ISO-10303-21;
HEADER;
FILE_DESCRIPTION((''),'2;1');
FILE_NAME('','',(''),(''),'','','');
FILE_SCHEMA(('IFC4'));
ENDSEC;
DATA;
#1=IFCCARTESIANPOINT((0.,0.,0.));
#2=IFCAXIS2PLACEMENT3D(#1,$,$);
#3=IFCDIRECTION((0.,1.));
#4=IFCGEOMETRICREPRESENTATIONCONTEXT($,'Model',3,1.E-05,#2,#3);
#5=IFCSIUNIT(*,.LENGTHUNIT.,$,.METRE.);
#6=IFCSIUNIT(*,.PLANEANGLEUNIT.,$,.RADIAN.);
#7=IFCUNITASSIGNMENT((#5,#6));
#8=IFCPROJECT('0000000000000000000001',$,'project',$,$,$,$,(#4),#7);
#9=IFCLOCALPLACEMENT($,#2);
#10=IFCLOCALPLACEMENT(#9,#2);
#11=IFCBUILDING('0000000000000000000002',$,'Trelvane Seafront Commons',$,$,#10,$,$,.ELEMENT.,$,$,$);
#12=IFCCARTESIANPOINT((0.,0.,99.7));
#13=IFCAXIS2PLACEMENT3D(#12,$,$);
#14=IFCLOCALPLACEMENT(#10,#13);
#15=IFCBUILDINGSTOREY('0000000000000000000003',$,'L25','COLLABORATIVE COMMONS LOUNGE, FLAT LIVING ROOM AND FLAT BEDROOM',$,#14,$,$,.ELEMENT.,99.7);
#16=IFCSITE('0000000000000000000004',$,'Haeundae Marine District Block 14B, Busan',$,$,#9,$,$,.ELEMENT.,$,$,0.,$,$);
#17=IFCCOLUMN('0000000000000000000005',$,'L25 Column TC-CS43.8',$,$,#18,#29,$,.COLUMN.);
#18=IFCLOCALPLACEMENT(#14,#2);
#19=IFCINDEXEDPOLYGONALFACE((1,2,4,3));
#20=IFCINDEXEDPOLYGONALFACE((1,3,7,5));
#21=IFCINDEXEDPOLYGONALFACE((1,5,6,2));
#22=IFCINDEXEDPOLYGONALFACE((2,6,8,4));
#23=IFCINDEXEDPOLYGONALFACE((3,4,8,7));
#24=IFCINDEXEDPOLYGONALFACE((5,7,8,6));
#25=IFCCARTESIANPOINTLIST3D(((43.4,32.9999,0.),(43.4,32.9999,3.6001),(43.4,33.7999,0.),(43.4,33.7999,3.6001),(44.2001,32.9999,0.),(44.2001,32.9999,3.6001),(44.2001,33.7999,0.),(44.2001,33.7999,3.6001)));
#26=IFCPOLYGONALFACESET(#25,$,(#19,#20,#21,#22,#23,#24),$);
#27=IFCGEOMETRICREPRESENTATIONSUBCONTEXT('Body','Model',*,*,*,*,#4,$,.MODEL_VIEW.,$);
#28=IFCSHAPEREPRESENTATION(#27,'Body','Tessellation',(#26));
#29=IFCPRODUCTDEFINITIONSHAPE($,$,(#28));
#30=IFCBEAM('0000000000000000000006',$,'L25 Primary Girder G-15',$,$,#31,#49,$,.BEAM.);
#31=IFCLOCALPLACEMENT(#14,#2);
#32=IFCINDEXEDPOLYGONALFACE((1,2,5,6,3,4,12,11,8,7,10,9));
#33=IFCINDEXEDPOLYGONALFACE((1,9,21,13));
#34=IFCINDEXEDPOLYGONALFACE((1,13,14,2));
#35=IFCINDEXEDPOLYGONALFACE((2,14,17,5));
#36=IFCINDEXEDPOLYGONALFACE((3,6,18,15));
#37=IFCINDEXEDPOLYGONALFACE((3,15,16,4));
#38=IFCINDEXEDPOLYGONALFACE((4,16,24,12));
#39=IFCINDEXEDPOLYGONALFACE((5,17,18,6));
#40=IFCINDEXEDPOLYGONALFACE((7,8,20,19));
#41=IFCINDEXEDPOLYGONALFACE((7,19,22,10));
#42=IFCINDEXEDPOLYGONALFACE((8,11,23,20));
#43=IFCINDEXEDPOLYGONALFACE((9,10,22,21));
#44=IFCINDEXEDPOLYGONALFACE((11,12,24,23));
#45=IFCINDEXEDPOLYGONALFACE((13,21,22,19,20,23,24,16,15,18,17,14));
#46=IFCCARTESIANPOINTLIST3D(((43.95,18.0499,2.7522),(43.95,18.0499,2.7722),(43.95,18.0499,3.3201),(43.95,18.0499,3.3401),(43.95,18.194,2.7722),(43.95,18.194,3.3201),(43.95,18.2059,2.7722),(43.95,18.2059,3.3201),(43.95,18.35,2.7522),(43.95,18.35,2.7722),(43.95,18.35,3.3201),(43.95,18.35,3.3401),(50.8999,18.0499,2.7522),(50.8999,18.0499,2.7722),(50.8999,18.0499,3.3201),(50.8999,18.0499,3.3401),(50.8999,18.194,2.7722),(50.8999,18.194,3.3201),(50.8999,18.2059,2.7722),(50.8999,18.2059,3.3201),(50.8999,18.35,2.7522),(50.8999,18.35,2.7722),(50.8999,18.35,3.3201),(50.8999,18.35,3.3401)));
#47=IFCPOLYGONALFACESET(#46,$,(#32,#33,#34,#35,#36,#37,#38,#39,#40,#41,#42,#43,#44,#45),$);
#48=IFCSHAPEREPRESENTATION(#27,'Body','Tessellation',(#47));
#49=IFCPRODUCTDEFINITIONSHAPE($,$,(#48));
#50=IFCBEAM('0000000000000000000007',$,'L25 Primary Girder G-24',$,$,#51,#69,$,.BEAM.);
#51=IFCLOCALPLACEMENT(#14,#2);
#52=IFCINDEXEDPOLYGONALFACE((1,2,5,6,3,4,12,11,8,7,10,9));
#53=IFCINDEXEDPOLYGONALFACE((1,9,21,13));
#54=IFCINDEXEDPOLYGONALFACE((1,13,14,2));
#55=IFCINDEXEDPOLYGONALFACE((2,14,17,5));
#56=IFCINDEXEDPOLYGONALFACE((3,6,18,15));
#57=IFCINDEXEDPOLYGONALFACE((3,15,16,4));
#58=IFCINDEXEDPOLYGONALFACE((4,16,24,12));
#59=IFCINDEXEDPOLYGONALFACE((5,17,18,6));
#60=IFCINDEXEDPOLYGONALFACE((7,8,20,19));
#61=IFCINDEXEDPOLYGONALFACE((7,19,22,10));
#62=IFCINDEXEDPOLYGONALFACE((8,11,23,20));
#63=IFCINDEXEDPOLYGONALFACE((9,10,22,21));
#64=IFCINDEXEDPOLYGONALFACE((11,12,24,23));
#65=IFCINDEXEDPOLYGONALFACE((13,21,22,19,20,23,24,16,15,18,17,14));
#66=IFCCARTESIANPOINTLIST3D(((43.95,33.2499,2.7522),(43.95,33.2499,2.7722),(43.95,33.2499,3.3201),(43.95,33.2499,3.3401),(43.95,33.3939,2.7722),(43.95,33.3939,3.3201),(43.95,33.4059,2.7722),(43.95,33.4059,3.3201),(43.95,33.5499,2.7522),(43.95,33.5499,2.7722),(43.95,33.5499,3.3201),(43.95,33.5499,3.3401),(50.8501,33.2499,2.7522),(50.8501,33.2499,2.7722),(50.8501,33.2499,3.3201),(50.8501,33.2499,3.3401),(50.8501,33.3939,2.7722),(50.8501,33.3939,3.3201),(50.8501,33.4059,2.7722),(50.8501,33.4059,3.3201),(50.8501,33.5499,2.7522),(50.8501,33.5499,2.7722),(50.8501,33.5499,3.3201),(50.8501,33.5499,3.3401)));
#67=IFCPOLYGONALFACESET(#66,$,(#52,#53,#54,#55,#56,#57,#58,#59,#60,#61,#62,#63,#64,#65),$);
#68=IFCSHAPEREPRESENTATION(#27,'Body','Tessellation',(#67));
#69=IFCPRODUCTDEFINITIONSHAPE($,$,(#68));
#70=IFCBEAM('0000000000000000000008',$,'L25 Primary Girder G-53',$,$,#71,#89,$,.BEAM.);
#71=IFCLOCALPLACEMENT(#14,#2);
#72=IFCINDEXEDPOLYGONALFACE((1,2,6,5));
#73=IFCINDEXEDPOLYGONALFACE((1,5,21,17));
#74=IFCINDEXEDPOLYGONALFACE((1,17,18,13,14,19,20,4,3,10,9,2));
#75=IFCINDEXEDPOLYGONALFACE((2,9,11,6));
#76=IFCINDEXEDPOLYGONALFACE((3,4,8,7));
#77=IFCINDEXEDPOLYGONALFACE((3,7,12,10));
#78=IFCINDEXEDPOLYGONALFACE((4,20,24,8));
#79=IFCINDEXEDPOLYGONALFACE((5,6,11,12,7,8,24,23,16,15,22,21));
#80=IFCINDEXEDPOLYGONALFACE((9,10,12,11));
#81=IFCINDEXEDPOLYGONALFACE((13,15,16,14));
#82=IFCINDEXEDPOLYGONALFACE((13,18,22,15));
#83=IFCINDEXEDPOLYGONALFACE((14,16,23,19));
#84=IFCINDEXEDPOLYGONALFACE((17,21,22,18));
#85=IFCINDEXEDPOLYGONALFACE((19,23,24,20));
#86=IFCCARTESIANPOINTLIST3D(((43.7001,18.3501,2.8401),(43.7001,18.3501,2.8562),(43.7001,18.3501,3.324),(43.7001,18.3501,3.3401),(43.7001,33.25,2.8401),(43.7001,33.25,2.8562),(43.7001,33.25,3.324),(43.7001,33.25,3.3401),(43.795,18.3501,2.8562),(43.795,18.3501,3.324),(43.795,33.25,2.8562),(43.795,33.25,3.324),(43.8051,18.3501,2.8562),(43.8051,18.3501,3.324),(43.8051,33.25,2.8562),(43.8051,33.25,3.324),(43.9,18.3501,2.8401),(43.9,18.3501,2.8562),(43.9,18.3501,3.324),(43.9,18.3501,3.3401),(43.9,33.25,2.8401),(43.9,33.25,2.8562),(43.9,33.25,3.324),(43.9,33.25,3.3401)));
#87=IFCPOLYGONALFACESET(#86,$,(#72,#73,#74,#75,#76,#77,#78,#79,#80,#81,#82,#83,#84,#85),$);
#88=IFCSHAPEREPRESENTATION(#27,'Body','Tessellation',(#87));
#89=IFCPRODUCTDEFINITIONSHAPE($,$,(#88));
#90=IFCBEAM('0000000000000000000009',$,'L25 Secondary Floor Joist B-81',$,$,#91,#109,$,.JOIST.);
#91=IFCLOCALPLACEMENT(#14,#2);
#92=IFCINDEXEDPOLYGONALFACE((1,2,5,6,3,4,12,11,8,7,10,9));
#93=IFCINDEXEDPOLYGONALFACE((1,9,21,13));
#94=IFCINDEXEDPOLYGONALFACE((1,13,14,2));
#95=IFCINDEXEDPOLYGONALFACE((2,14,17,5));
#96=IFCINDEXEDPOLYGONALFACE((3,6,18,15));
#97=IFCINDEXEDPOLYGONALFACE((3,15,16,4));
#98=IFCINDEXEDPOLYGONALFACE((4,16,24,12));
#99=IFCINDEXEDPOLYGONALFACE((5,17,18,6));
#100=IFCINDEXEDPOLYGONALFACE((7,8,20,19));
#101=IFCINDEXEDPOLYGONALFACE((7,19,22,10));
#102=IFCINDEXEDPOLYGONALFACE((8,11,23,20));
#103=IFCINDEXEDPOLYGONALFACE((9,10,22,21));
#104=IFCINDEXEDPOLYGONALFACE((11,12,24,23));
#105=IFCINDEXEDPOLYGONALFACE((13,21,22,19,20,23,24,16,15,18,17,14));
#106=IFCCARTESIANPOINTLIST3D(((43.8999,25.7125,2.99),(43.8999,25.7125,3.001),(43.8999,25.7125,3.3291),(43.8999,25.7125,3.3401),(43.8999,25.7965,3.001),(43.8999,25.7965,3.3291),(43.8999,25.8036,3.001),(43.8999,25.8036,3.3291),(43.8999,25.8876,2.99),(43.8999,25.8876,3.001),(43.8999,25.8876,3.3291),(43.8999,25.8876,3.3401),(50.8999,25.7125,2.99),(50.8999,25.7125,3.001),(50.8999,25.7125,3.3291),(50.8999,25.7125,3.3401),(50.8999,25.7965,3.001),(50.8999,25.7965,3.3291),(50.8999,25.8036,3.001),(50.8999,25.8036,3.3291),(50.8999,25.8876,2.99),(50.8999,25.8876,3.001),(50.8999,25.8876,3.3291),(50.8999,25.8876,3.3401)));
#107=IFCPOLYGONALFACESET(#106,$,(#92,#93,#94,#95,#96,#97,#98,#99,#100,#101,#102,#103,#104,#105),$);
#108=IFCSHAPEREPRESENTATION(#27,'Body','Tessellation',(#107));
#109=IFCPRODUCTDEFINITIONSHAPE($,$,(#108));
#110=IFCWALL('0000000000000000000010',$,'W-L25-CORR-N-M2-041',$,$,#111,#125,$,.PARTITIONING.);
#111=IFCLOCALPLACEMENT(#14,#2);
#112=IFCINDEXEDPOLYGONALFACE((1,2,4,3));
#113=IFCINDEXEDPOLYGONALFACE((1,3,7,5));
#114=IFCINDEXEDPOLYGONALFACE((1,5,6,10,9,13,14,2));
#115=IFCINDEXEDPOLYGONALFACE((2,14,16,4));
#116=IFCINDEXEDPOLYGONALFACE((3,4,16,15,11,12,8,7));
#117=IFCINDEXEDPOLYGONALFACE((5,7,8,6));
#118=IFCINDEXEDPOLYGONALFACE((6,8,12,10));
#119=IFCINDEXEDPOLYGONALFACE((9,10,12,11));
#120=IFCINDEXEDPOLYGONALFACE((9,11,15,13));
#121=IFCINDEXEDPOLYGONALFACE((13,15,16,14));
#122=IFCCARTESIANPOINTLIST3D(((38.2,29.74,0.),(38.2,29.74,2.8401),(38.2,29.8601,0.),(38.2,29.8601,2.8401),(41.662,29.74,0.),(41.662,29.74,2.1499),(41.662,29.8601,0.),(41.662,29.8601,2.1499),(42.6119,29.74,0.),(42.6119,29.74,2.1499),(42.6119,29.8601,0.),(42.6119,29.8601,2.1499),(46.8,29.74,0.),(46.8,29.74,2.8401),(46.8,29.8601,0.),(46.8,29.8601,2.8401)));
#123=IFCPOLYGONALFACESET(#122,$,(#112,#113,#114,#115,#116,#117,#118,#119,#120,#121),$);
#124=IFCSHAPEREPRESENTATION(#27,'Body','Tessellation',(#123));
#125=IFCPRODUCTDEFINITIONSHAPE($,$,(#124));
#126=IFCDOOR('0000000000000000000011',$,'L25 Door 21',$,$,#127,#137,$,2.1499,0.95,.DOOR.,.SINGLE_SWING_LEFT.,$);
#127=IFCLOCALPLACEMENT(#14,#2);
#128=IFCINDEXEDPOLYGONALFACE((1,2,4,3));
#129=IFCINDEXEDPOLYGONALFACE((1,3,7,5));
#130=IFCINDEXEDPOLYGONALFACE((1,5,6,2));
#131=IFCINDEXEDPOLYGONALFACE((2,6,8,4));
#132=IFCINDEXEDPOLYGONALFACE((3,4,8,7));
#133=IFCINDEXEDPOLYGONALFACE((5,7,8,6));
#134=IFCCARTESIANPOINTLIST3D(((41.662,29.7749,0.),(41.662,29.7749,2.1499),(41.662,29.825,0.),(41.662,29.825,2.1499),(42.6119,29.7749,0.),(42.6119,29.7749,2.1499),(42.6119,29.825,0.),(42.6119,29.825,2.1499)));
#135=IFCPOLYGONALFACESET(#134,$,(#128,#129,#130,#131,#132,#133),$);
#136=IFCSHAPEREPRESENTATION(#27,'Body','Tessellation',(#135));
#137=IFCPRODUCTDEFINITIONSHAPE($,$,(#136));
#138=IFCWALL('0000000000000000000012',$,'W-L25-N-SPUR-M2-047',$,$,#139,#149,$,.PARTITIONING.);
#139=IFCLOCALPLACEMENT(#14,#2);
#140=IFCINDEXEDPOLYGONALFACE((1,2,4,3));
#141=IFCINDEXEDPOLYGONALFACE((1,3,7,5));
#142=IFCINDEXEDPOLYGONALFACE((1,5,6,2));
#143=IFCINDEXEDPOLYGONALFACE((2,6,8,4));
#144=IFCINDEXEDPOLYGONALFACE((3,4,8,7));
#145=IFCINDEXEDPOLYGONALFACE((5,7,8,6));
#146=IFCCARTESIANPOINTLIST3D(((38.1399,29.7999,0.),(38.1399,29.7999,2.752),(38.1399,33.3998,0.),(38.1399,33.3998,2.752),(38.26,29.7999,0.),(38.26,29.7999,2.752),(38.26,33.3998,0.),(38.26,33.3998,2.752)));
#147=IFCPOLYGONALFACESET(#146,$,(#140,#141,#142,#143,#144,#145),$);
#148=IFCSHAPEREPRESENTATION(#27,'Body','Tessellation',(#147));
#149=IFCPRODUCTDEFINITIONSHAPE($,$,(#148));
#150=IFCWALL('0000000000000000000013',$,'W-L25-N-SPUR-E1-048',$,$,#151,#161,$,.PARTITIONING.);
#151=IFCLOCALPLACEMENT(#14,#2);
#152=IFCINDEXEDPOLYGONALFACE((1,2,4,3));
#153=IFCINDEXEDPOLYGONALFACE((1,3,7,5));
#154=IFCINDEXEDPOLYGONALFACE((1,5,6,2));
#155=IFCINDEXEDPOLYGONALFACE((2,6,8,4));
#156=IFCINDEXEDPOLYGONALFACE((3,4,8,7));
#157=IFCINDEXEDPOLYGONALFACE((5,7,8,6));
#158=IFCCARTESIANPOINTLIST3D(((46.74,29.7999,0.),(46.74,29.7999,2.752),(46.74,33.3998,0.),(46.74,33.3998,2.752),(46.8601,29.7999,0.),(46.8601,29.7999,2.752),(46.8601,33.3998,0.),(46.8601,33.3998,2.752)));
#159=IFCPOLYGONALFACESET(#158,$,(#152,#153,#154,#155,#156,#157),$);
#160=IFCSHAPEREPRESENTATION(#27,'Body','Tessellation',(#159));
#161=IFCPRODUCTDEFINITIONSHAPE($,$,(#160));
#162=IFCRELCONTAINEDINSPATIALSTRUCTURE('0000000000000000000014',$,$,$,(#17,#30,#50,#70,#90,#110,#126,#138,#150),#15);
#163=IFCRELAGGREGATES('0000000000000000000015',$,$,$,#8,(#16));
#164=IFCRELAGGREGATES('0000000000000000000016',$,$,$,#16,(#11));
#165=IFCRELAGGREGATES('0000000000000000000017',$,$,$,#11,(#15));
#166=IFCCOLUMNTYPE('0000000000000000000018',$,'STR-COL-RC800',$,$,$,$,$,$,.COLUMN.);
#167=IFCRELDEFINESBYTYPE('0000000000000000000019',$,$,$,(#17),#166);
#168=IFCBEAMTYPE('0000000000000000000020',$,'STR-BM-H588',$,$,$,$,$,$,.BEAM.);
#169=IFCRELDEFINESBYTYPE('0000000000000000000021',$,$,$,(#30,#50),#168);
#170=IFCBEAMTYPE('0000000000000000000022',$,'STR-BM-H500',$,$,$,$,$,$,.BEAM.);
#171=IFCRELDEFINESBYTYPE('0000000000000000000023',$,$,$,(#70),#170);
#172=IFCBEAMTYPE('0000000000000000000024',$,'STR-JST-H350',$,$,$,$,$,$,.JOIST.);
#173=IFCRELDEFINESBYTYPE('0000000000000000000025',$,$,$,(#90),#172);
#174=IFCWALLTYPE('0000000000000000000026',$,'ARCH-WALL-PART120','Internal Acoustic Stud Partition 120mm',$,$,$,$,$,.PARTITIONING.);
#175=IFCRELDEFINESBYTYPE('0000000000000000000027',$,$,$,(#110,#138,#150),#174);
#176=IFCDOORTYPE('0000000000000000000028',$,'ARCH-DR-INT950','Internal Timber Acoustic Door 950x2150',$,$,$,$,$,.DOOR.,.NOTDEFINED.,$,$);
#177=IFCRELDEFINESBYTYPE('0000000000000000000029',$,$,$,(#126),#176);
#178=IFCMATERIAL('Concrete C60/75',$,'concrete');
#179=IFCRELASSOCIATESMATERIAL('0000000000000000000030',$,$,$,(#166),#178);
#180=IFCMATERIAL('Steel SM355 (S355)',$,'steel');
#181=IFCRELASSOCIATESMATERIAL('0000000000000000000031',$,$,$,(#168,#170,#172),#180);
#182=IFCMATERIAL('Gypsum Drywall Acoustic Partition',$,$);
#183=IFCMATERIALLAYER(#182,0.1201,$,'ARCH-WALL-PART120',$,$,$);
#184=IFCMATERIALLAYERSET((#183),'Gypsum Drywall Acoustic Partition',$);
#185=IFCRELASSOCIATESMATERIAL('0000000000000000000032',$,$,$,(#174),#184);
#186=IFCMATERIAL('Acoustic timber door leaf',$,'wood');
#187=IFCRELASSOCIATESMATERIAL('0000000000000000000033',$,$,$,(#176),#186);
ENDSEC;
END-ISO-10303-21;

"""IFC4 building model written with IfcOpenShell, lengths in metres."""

from ifc_helpers import new_model, si_unit, direction, frame, frame_2d, origin, origin_2d, place, context, subcontext, project, spatial, rectangle, i_section, extrude, source, transform, mapped, material, layer, layer_set, material_profile, profile_set, type_object, element, fill, save


model = new_model("IFC4")

# Units and contexts
model_context = context("Model", 3, precision=1e-05, world=origin(), true_north=direction((0.0, 1.0)))
body_context = subcontext(model_context, "Body", "Model", "MODEL_VIEW")
ifc_project = project(units=[si_unit("LENGTHUNIT", "METRE"), si_unit("PLANEANGLEUNIT", "RADIAN")], contexts=[model_context])

# Site, building, storey
site_placement = place(None, origin())
site = spatial("IfcSite", under=ifc_project, at=site_placement, Name="Haeundae Marine District Block 14B, Busan", CompositionType="ELEMENT", RefElevation=0.0)
building_placement = place(site_placement, origin())
building = spatial("IfcBuilding", under=site, at=building_placement, Name="Trelvane Seafront Commons", CompositionType="ELEMENT")
storey_placement = place(building_placement, frame((0.0, 0.0, 99.7)))
storey = spatial("IfcBuildingStorey", under=building, at=storey_placement, Name="L25", Description="COLLABORATIVE COMMONS LOUNGE, FLAT LIVING ROOM AND FLAT BEDROOM", CompositionType="ELEMENT", Elevation=99.7)

# Column
ifc_material_1 = material(Name="Concrete C60/75", Category="concrete")
ifc_material_profile_1 = material_profile(ifc_material_1, rectangle(XDim=0.8, YDim=0.8, at=origin_2d()), Name="RC-800x800")
ifc_profile_set_1 = profile_set([ifc_material_profile_1], Name="Concrete C60/75")
column_type = type_object("IfcColumnType", Name="STR-COL-RC800", PredefinedType="COLUMN", material=ifc_profile_set_1)
shared_shape_1 = source(origin(), body_context, "Body", "SweptSolid", [
    extrude(rectangle(XDim=0.8, YDim=0.8, at=origin_2d()), origin(), (0.0, 0.0, 1.0), 3.6001),
])
column_placement = place(storey_placement, frame((43.8, 33.3999, 0.0), z_axis=(0.0, 0.0, 1.0), x_axis=(1.0, 0.0, 0.0)))
element("IfcColumn", 1, at=column_placement, inside=storey, type_object=column_type, Name="L25 Column TC-CS43.8", PredefinedType="COLUMN", context=body_context, shape_type="MappedRepresentation", body=[
    mapped(shared_shape_1, transform((0.0, 0.0, 0.0), x_axis=(1.0, 0.0, 0.0), y_axis=(0.0, 1.0, 0.0), z_axis=(0.0, 0.0, 1.0), scale=1.0)),
])

# Beams
ifc_material_2 = material(Name="Steel SM355 (S355)", Category="steel")
ifc_material_profile_2 = material_profile(ifc_material_2, i_section(OverallWidth=0.3, OverallDepth=0.5879, WebThickness=0.012, FlangeThickness=0.02, at=origin_2d()), Name="H-588x300x12x20")
ifc_profile_set_2 = profile_set([ifc_material_profile_2], Name="Steel SM355 (S355)")
beam_type_1 = type_object("IfcBeamType", Name="STR-BM-H588", PredefinedType="BEAM", material=ifc_profile_set_2)
shared_shape_2 = source(origin(), body_context, "Body", "SweptSolid", [
    extrude(i_section(OverallWidth=0.3, OverallDepth=0.5879, WebThickness=0.012, FlangeThickness=0.02, at=origin_2d()), origin(), (0.0, 0.0, 1.0), 6.95),
])
beam_1_placement = place(storey_placement, frame((43.95, 18.2, 3.0461), z_axis=(1.0, 0.0, 0.0), x_axis=(0.0, 1.0, 0.0)))
element("IfcBeam", 2, at=beam_1_placement, inside=storey, type_object=beam_type_1, Name="L25 Primary Girder G-15", PredefinedType="BEAM", context=body_context, shape_type="MappedRepresentation", body=[
    mapped(shared_shape_2, transform((0.0, 0.0, 0.0), x_axis=(1.0, 0.0, 0.0), y_axis=(0.0, 1.0, 0.0), z_axis=(0.0, 0.0, 1.0), scale=1.0)),
])
shared_shape_3 = source(origin(), body_context, "Body", "SweptSolid", [
    extrude(i_section(OverallWidth=0.3, OverallDepth=0.5879, WebThickness=0.012, FlangeThickness=0.02, at=origin_2d()), origin(), (0.0, 0.0, 1.0), 6.9001),
])
beam_2_placement = place(storey_placement, frame((43.95, 33.3999, 3.0461), z_axis=(1.0, 0.0, 0.0), x_axis=(0.0, 1.0, 0.0)))
element("IfcBeam", 3, at=beam_2_placement, inside=storey, type_object=beam_type_1, Name="L25 Primary Girder G-24", PredefinedType="BEAM", context=body_context, shape_type="MappedRepresentation", body=[
    mapped(shared_shape_3, transform((0.0, 0.0, 0.0), x_axis=(1.0, 0.0, 0.0), y_axis=(0.0, 1.0, 0.0), z_axis=(0.0, 0.0, 1.0), scale=1.0)),
])
ifc_material_profile_3 = material_profile(ifc_material_2, i_section(OverallWidth=0.2, OverallDepth=0.5, WebThickness=0.01, FlangeThickness=0.0161, at=origin_2d()), Name="H-500x200x10x16")
ifc_profile_set_3 = profile_set([ifc_material_profile_3], Name="Steel SM355 (S355)")
beam_type_2 = type_object("IfcBeamType", Name="STR-BM-H500", PredefinedType="BEAM", material=ifc_profile_set_3)
shared_shape_4 = source(origin(), body_context, "Body", "SweptSolid", [
    extrude(i_section(OverallWidth=0.2, OverallDepth=0.5, WebThickness=0.01, FlangeThickness=0.0161, at=origin_2d()), origin(), (0.0, 0.0, 1.0), 14.8999),
])
beam_3_placement = place(storey_placement, frame((43.8, 18.3501, 3.0901), z_axis=(0.0, 1.0, 0.0), x_axis=(-1.0, 0.0, 0.0)))
element("IfcBeam", 4, at=beam_3_placement, inside=storey, type_object=beam_type_2, Name="L25 Primary Girder G-53", PredefinedType="BEAM", context=body_context, shape_type="MappedRepresentation", body=[
    mapped(shared_shape_4, transform((0.0, 0.0, 0.0), x_axis=(1.0, 0.0, 0.0), y_axis=(0.0, 1.0, 0.0), z_axis=(0.0, 0.0, 1.0), scale=1.0)),
])
ifc_material_profile_4 = material_profile(ifc_material_2, i_section(OverallWidth=0.175, OverallDepth=0.3501, WebThickness=0.0071, FlangeThickness=0.011, at=origin_2d()), Name="H-350x175x7x11")
ifc_profile_set_4 = profile_set([ifc_material_profile_4], Name="Steel SM355 (S355)")
beam_type_3 = type_object("IfcBeamType", Name="STR-JST-H350", PredefinedType="JOIST", material=ifc_profile_set_4)
shared_shape_5 = source(origin(), body_context, "Body", "SweptSolid", [
    extrude(i_section(OverallWidth=0.175, OverallDepth=0.3501, WebThickness=0.0071, FlangeThickness=0.011, at=origin_2d()), origin(), (0.0, 0.0, 1.0), 7.0),
])
beam_4_placement = place(storey_placement, frame((43.8999, 25.8, 3.165), z_axis=(1.0, 0.0, 0.0), x_axis=(0.0, 1.0, 0.0)))
element("IfcBeam", 5, at=beam_4_placement, inside=storey, type_object=beam_type_3, Name="L25 Secondary Floor Joist B-81", PredefinedType="JOIST", context=body_context, shape_type="MappedRepresentation", body=[
    mapped(shared_shape_5, transform((0.0, 0.0, 0.0), x_axis=(1.0, 0.0, 0.0), y_axis=(0.0, 1.0, 0.0), z_axis=(0.0, 0.0, 1.0), scale=1.0)),
])

# Shared definitions
shared_shape_6 = source(origin(), body_context, "Body", "SweptSolid", [
    extrude(rectangle(XDim=0.95, YDim=2.1499, at=frame_2d((0.4751, 1.075))), frame((0.0, 0.0249, 0.0), z_axis=(0.0, -1.0, 0.0), x_axis=(1.0, 0.0, 0.0)), (0.0, 0.0, 1.0), 0.05),
])

# Wall, opening, door
ifc_material_3 = material(Name="Gypsum Drywall Acoustic Partition")
ifc_layer_1 = layer(ifc_material_3, 0.1201, Name="ARCH-WALL-PART120")
ifc_layer_set_1 = layer_set([ifc_layer_1], Name="Gypsum Drywall Acoustic Partition")
wall_type_1 = type_object("IfcWallType", Name="ARCH-WALL-PART120", Description="Internal Acoustic Stud Partition 120mm", PredefinedType="PARTITIONING", material=ifc_layer_set_1)
wall_1_placement = place(storey_placement, frame((38.2, 29.8, 0.0), z_axis=(0.0, 0.0, 1.0), x_axis=(1.0, 0.0, 0.0)))
wall_1 = element("IfcWall", 6, at=wall_1_placement, inside=storey, type_object=wall_type_1, Name="W-L25-CORR-N-M2-041", PredefinedType="PARTITIONING", context=body_context, shape_type="SweptSolid", body=[
    extrude(rectangle(XDim=8.6001, YDim=0.1201, at=frame_2d((4.3, 0.0))), origin(), (0.0, 0.0, 1.0), 2.8401),
])
opening_1_placement = place(wall_1_placement, frame((3.4619, 0.0, 0.0)))
opening_1 = element("IfcOpeningElement", 7, at=opening_1_placement, cuts=wall_1, PredefinedType="OPENING", context=body_context, shape_type="SweptSolid", body=[
    extrude(rectangle(XDim=0.95, YDim=2.1499, at=frame_2d((0.4751, 1.075))), frame((0.0, 0.0701, 0.0), z_axis=(0.0, -1.0, 0.0), x_axis=(1.0, 0.0, 0.0)), (0.0, 0.0, 1.0), 0.1401),
])
ifc_material_4 = material(Name="Acoustic timber door leaf", Category="wood")
door_type_1 = type_object("IfcDoorType", Name="ARCH-DR-INT950", Description="Internal Timber Acoustic Door 950x2150", OperationType="NOTDEFINED", PredefinedType="DOOR", material=ifc_material_4)
door_1_placement = place(opening_1_placement, origin())
door_1 = element("IfcDoor", 8, at=door_1_placement, inside=storey, type_object=door_type_1, Name="L25 Door 21", OperationType="SINGLE_SWING_LEFT", OverallHeight=2.1499, OverallWidth=0.95, PredefinedType="DOOR", context=body_context, shape_type="MappedRepresentation", body=[
    mapped(shared_shape_6, transform((0.0, 0.0, 0.0), x_axis=(1.0, 0.0, 0.0), y_axis=(0.0, 1.0, 0.0), z_axis=(0.0, 0.0, 1.0), scale=1.0)),
])
fill(opening_1, door_1)

# Walls
for number, where, z_axis, x_axis, name in (
    (9, (38.2, 29.8, 0.0), (0.0, 0.0, 1.0), (0.0, 1.0, 0.0), "W-L25-N-SPUR-M2-047"),
    (10, (46.8, 29.8, 0.0), (0.0, 0.0, 1.0), (0.0, 1.0, 0.0), "W-L25-N-SPUR-E1-048"),
):
    element("IfcWall", number, at=place(storey_placement, frame(where, z_axis=z_axis, x_axis=x_axis)), inside=storey, type_object=wall_type_1, Name=name, PredefinedType="PARTITIONING", context=body_context, shape_type="SweptSolid", body=[
        extrude(rectangle(XDim=3.5999, YDim=0.1201, at=frame_2d((1.7998, 0.0))), origin(), (0.0, 0.0, 1.0), 2.752),
    ])

save(model, "model.ifc")
